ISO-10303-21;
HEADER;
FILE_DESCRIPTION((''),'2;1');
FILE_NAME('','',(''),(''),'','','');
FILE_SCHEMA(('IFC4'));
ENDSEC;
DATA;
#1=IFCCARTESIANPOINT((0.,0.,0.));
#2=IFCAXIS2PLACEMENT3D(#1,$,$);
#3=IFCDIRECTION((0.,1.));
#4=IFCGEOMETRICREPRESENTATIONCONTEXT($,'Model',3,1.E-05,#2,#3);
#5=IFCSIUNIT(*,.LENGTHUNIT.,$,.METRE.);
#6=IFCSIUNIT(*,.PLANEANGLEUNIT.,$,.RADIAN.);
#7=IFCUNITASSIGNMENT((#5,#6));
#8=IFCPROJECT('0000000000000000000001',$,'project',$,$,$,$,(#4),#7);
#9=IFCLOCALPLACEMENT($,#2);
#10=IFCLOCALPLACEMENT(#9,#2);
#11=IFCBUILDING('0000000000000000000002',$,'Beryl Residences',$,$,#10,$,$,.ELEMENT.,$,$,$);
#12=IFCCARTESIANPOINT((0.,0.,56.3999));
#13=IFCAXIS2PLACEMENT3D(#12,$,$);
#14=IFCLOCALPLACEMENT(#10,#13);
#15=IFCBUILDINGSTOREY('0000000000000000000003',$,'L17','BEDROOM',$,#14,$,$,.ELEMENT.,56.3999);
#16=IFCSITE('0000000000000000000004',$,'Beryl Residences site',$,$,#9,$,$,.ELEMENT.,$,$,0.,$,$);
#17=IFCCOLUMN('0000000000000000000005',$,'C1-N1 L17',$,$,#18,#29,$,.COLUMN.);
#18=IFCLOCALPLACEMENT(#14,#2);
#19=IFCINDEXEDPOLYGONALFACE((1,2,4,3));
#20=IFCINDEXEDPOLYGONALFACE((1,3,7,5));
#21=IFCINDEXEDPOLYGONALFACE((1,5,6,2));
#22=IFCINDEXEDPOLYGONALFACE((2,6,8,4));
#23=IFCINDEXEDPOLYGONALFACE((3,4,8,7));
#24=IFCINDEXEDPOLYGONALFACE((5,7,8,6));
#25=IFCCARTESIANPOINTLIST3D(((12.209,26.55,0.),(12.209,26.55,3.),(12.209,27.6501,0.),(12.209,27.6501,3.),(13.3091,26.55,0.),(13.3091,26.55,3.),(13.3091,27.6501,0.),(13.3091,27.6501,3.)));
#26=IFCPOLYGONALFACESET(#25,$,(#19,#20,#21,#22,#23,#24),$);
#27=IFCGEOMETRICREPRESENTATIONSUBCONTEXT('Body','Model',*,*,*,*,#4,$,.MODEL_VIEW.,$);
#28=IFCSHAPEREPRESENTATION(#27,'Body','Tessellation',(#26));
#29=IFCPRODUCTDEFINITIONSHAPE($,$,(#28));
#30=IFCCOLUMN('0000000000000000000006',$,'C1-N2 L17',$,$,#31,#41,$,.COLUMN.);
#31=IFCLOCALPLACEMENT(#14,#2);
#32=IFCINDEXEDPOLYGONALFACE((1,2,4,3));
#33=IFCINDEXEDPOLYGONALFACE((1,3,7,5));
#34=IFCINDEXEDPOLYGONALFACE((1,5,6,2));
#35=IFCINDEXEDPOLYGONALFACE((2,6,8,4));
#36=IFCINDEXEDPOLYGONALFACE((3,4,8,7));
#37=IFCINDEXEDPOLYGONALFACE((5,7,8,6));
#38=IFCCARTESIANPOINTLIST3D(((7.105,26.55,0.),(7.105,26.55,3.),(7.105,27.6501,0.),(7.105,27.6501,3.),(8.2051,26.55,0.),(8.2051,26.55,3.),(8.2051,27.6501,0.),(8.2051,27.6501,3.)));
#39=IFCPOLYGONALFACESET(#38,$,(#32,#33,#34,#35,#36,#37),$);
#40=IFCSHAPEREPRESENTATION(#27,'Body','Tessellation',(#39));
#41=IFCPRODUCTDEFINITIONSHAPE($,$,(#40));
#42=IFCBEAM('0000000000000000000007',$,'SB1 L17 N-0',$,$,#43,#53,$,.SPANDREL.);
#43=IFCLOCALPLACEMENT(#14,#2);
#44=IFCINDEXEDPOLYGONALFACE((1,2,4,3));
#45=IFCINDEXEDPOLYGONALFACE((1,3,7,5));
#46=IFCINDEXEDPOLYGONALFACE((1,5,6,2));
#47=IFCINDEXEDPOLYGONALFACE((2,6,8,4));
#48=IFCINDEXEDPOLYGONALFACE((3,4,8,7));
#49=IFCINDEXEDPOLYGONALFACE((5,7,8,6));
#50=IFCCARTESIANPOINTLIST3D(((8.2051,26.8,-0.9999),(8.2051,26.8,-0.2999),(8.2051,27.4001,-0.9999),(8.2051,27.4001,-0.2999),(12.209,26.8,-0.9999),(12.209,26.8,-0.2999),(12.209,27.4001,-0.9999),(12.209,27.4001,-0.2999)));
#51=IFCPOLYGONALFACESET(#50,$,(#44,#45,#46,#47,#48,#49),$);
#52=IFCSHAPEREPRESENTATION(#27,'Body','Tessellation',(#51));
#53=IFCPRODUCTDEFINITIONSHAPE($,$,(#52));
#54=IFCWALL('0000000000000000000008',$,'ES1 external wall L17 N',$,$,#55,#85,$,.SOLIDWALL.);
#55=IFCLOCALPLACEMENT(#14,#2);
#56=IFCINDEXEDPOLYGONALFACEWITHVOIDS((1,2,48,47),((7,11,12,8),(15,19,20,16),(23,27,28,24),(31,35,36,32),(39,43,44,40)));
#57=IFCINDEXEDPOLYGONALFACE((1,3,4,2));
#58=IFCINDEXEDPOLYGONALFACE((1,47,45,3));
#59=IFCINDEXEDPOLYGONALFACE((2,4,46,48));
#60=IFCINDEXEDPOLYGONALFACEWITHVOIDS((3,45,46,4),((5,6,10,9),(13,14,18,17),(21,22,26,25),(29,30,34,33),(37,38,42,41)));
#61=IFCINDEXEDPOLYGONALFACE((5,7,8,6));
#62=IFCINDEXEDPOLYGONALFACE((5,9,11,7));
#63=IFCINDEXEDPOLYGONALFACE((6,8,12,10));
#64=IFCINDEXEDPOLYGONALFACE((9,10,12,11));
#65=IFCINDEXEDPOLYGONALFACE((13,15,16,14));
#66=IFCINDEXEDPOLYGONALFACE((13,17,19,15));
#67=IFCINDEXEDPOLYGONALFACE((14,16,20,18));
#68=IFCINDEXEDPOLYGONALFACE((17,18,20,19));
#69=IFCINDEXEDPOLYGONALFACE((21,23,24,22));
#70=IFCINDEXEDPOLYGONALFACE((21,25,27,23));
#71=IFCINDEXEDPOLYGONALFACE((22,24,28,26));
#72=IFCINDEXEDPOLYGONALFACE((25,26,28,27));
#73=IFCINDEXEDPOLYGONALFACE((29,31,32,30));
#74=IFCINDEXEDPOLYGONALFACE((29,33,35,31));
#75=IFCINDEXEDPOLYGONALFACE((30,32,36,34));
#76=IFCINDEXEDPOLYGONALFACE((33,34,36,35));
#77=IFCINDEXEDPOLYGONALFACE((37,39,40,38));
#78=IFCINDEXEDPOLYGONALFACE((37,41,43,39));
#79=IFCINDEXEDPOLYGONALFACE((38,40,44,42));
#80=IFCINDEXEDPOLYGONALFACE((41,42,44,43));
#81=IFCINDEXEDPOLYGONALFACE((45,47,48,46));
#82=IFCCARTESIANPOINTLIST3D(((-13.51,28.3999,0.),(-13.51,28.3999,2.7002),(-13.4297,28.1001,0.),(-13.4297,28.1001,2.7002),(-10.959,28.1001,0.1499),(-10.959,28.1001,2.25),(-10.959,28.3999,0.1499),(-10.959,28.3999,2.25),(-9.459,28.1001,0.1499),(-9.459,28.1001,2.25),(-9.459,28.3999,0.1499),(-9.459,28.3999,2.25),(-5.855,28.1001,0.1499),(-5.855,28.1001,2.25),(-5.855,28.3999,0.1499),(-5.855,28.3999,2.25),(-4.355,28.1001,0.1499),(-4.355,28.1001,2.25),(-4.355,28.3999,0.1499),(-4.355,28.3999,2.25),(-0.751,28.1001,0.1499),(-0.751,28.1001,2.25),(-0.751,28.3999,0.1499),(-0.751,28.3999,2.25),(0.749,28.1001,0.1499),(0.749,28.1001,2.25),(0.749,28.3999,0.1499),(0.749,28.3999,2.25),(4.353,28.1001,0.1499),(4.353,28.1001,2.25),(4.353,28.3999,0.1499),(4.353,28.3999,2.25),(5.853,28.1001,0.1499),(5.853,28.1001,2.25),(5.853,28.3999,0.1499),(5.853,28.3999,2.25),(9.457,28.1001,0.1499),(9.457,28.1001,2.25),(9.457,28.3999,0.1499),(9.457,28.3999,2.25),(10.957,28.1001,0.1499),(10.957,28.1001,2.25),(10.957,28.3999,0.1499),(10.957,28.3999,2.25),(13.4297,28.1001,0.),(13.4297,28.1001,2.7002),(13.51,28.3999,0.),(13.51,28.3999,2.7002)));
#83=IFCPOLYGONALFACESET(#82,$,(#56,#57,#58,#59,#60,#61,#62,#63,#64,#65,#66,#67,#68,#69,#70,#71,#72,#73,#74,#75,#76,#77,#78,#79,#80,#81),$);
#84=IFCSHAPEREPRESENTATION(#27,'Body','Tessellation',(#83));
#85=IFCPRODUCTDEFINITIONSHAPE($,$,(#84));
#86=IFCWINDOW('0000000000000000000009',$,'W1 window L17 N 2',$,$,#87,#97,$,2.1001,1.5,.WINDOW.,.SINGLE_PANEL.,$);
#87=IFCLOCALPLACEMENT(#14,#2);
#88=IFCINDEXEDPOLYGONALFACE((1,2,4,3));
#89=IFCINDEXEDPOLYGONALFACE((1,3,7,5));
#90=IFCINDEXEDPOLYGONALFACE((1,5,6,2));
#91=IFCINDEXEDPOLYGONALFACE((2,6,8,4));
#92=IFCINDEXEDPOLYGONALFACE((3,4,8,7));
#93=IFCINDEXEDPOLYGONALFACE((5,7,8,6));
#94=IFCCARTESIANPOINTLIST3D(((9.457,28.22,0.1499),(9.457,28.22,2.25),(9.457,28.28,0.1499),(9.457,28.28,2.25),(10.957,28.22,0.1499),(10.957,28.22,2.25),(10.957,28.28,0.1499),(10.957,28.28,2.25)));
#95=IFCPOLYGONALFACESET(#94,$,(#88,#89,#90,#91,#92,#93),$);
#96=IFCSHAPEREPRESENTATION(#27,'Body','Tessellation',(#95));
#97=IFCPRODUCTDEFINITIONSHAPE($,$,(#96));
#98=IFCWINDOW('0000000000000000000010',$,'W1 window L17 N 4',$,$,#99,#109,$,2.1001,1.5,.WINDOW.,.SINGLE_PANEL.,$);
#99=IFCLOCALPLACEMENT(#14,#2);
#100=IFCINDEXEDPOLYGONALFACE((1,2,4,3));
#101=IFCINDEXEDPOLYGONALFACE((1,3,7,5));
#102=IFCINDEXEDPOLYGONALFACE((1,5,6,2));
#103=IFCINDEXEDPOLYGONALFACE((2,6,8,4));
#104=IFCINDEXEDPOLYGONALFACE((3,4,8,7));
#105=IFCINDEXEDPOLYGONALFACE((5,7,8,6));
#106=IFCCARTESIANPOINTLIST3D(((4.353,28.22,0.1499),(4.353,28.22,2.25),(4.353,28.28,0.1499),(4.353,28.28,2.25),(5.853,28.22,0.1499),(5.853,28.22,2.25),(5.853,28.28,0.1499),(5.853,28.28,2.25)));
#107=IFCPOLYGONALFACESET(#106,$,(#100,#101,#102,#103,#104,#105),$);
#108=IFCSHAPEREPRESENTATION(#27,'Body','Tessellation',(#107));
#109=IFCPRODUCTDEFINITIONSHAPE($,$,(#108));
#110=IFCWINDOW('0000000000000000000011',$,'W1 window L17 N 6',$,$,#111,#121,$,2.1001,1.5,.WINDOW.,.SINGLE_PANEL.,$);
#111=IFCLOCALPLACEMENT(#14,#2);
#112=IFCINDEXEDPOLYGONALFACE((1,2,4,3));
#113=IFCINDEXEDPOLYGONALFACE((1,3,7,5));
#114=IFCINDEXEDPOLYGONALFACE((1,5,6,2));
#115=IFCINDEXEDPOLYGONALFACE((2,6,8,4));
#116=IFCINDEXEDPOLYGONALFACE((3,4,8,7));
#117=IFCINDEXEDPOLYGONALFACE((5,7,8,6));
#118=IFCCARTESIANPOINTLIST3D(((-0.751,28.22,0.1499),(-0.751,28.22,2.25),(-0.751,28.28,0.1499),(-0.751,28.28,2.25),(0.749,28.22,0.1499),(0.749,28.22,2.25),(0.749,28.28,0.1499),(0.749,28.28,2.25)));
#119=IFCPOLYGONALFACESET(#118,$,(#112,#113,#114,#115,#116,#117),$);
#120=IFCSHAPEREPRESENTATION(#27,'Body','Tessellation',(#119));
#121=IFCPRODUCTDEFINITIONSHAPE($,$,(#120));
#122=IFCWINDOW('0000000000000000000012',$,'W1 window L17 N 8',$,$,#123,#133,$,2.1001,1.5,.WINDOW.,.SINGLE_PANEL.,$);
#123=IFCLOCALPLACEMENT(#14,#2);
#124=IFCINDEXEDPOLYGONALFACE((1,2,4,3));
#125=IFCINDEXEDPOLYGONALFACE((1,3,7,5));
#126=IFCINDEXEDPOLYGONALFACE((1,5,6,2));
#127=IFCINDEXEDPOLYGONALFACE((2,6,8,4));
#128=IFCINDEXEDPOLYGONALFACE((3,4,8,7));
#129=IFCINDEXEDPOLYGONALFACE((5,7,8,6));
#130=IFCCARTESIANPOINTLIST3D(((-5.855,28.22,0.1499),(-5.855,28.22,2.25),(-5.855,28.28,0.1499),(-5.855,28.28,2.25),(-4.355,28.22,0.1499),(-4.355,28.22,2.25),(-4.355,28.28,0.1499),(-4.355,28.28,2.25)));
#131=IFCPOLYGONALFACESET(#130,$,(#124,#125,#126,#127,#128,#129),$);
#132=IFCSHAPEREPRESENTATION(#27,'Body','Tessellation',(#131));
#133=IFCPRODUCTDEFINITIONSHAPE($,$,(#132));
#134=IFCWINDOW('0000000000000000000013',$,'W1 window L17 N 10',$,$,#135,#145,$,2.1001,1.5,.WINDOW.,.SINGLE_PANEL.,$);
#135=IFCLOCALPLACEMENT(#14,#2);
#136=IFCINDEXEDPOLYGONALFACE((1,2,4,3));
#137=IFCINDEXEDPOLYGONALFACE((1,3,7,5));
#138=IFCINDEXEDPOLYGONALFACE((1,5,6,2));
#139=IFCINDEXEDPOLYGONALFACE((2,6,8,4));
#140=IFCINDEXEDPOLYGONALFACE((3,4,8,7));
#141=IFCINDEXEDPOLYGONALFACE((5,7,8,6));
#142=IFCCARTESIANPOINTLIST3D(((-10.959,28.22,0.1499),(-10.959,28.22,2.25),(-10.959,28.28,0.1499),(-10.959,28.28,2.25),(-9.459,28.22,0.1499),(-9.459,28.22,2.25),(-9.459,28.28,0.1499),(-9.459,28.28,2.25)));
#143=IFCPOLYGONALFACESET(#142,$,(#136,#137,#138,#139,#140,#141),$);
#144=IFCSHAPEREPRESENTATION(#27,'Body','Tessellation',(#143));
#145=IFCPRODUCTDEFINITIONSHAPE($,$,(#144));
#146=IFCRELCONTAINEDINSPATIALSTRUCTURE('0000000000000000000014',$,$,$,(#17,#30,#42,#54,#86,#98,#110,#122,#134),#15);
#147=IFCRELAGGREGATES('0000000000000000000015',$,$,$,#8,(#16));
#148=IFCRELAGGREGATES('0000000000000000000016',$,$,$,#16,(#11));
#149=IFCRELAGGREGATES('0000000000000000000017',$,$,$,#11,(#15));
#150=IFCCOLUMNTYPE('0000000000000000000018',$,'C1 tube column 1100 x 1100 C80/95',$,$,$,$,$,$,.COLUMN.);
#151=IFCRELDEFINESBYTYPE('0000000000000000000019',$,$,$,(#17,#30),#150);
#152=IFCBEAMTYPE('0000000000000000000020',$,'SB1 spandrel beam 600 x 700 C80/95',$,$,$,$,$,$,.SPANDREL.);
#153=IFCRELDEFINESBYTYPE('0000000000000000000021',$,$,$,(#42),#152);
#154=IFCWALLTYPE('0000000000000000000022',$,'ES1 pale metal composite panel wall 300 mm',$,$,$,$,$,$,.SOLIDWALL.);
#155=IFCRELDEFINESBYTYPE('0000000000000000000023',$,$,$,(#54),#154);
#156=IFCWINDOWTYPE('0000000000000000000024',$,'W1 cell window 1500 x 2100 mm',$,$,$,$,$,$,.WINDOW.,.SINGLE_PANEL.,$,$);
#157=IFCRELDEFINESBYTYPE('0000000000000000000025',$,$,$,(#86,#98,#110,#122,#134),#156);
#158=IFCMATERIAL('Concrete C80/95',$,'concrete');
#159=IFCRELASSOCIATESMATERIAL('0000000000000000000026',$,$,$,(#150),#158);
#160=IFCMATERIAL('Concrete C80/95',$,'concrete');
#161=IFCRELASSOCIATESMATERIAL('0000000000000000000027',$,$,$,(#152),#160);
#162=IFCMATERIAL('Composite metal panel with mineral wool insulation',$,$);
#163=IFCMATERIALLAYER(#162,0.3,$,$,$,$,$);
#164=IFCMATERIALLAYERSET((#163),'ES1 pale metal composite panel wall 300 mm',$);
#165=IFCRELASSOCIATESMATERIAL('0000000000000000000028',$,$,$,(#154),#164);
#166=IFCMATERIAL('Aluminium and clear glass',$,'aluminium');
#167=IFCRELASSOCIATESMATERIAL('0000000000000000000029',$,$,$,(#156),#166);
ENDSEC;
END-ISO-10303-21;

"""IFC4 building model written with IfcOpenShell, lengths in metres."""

from ifc_helpers import new_model, si_unit, direction, frame, frame_2d, origin, origin_2d, place, context, subcontext, project, spatial, polyline, rectangle, outline, extrude, material, layer, layer_set, material_profile, profile_set, type_object, element, fill, save


model = new_model("IFC4")

# Units and contexts
model_context = context("Model", 3, precision=1e-05, world=origin(), true_north=direction((0.0, 1.0)))
body_context = subcontext(model_context, "Body", "Model", "MODEL_VIEW")
ifc_project = project(units=[si_unit("LENGTHUNIT", "METRE"), si_unit("PLANEANGLEUNIT", "RADIAN")], contexts=[model_context])

# Site, building, storey
site_placement = place(None, origin())
site = spatial("IfcSite", under=ifc_project, at=site_placement, Name="Beryl Residences site", CompositionType="ELEMENT", RefElevation=0.0)
building_placement = place(site_placement, origin())
building = spatial("IfcBuilding", under=site, at=building_placement, Name="Beryl Residences", CompositionType="ELEMENT")
storey_placement = place(building_placement, frame((0.0, 0.0, 56.3999)))
storey = spatial("IfcBuildingStorey", under=building, at=storey_placement, Name="L17", Description="BEDROOM", CompositionType="ELEMENT", Elevation=56.3999)

# Columns
ifc_material_1 = material(Name="Concrete C80/95", Category="concrete")
ifc_material_profile_1 = material_profile(ifc_material_1, rectangle(XDim=1.1001, YDim=1.1001, at=origin_2d()))
ifc_profile_set_1 = profile_set([ifc_material_profile_1], Name="Concrete C80/95")
column_type = type_object("IfcColumnType", Name="C1 tube column 1100 x 1100 C80/95", PredefinedType="COLUMN", material=ifc_profile_set_1)
for number, where, z_axis, x_axis, name in (
    (1, (12.759, 27.1001, 0.0), (0.0, 0.0, 1.0), (-1.0, 0.0, 0.0), "C1-N1 L17"),
    (2, (7.655, 27.1001, 0.0), (0.0, 0.0, 1.0), (-1.0, 0.0, 0.0), "C1-N2 L17"),
):
    element("IfcColumn", number, at=place(storey_placement, frame(where, z_axis=z_axis, x_axis=x_axis)), inside=storey, type_object=column_type, Name=name, PredefinedType="COLUMN", context=body_context, shape_type="SweptSolid", body=[
        extrude(rectangle(XDim=1.1001, YDim=1.1001, at=origin_2d()), origin(), (0.0, 0.0, 1.0), 3.0),
    ])

# Beam
ifc_material_2 = material(Name="Concrete C80/95", Category="concrete")
ifc_material_profile_2 = material_profile(ifc_material_2, rectangle(XDim=0.6001, YDim=0.7, at=origin_2d()))
ifc_profile_set_2 = profile_set([ifc_material_profile_2], Name="Concrete C80/95")
beam_type = type_object("IfcBeamType", Name="SB1 spandrel beam 600 x 700 C80/95", PredefinedType="SPANDREL", material=ifc_profile_set_2)
beam_placement = place(storey_placement, frame((12.209, 27.1001, -0.6499), z_axis=(-1.0, 0.0, 0.0), x_axis=(0.0, -1.0, 0.0)))
element("IfcBeam", 3, at=beam_placement, inside=storey, type_object=beam_type, Name="SB1 L17 N-0", PredefinedType="SPANDREL", context=body_context, shape_type="SweptSolid", body=[
    extrude(rectangle(XDim=0.6001, YDim=0.7, at=origin_2d()), origin(), (0.0, 0.0, 1.0), 4.0039),
])

# Wall, openings, windows
ifc_material_3 = material(Name="Composite metal panel with mineral wool insulation")
ifc_layer_1 = layer(ifc_material_3, 0.3)
ifc_layer_set_1 = layer_set([ifc_layer_1], Name="ES1 pale metal composite panel wall 300 mm")
wall_type_1 = type_object("IfcWallType", Name="ES1 pale metal composite panel wall 300 mm", PredefinedType="SOLIDWALL", material=ifc_layer_set_1)
wall_1_placement = place(storey_placement, frame((13.51, 28.25, 0.0), z_axis=(0.0, 0.0, 1.0), x_axis=(-1.0, 0.0, 0.0)))
wall_1 = element("IfcWall", 4, at=wall_1_placement, inside=storey, type_object=wall_type_1, Name="ES1 external wall L17 N", PredefinedType="SOLIDWALL", context=body_context, shape_type="SweptSolid", body=[
    extrude(outline(polyline([(0.0, -0.1499), (27.02, -0.1499), (26.9397, 0.1499), (0.0803, 0.1499), (0.0, -0.1499)])), origin(), (0.0, 0.0, 1.0), 2.7002),
])
opening_1_placement = place(wall_1_placement, frame((2.553, 0.0, 0.1499)))
opening_1 = element("IfcOpeningElement", 5, at=opening_1_placement, cuts=wall_1, PredefinedType="OPENING", context=body_context, shape_type="SweptSolid", body=[
    extrude(rectangle(XDim=1.5, YDim=2.1001, at=frame_2d((0.75, 1.05))), frame((0.0, 0.1599, 0.0), z_axis=(0.0, -1.0, 0.0), x_axis=(1.0, 0.0, 0.0)), (0.0, 0.0, 1.0), 0.3201),
])
opening_2_placement = place(wall_1_placement, frame((7.657, 0.0, 0.1499)))
opening_2 = element("IfcOpeningElement", 6, at=opening_2_placement, cuts=wall_1, PredefinedType="OPENING", context=body_context, shape_type="SweptSolid", body=[
    extrude(rectangle(XDim=1.5, YDim=2.1001, at=frame_2d((0.75, 1.05))), frame((0.0, 0.1599, 0.0), z_axis=(0.0, -1.0, 0.0), x_axis=(1.0, 0.0, 0.0)), (0.0, 0.0, 1.0), 0.3201),
])
opening_3_placement = place(wall_1_placement, frame((12.761, 0.0, 0.1499)))
opening_3 = element("IfcOpeningElement", 7, at=opening_3_placement, cuts=wall_1, PredefinedType="OPENING", context=body_context, shape_type="SweptSolid", body=[
    extrude(rectangle(XDim=1.5, YDim=2.1001, at=frame_2d((0.75, 1.05))), frame((0.0, 0.1599, 0.0), z_axis=(0.0, -1.0, 0.0), x_axis=(1.0, 0.0, 0.0)), (0.0, 0.0, 1.0), 0.3201),
])
opening_4_placement = place(wall_1_placement, frame((17.865, 0.0, 0.1499)))
opening_4 = element("IfcOpeningElement", 8, at=opening_4_placement, cuts=wall_1, PredefinedType="OPENING", context=body_context, shape_type="SweptSolid", body=[
    extrude(rectangle(XDim=1.5, YDim=2.1001, at=frame_2d((0.75, 1.05))), frame((0.0, 0.1599, 0.0), z_axis=(0.0, -1.0, 0.0), x_axis=(1.0, 0.0, 0.0)), (0.0, 0.0, 1.0), 0.3201),
])
opening_5_placement = place(wall_1_placement, frame((22.969, 0.0, 0.1499)))
opening_5 = element("IfcOpeningElement", 9, at=opening_5_placement, cuts=wall_1, PredefinedType="OPENING", context=body_context, shape_type="SweptSolid", body=[
    extrude(rectangle(XDim=1.5, YDim=2.1001, at=frame_2d((0.75, 1.05))), frame((0.0, 0.1599, 0.0), z_axis=(0.0, -1.0, 0.0), x_axis=(1.0, 0.0, 0.0)), (0.0, 0.0, 1.0), 0.3201),
])
ifc_material_4 = material(Name="Aluminium and clear glass", Category="aluminium")
window_type = type_object("IfcWindowType", Name="W1 cell window 1500 x 2100 mm", PartitioningType="SINGLE_PANEL", PredefinedType="WINDOW", material=ifc_material_4)
window_1_placement = place(opening_1_placement, origin())
window_1 = element("IfcWindow", 10, at=window_1_placement, inside=storey, type_object=window_type, Name="W1 window L17 N 2", OverallHeight=2.1001, OverallWidth=1.5, PartitioningType="SINGLE_PANEL", PredefinedType="WINDOW", context=body_context, shape_type="SweptSolid", body=[
    extrude(rectangle(XDim=1.5, YDim=2.1001, at=frame_2d((0.75, 1.05))), frame((0.0, 0.03, 0.0), z_axis=(0.0, -1.0, 0.0), x_axis=(1.0, 0.0, 0.0)), (0.0, 0.0, 1.0), 0.0601),
])
fill(opening_1, window_1)
window_2_placement = place(opening_2_placement, origin())
window_2 = element("IfcWindow", 11, at=window_2_placement, inside=storey, type_object=window_type, Name="W1 window L17 N 4", OverallHeight=2.1001, OverallWidth=1.5, PartitioningType="SINGLE_PANEL", PredefinedType="WINDOW", context=body_context, shape_type="SweptSolid", body=[
    extrude(rectangle(XDim=1.5, YDim=2.1001, at=frame_2d((0.75, 1.05))), frame((0.0, 0.03, 0.0), z_axis=(0.0, -1.0, 0.0), x_axis=(1.0, 0.0, 0.0)), (0.0, 0.0, 1.0), 0.0601),
])
fill(opening_2, window_2)
window_3_placement = place(opening_3_placement, origin())
window_3 = element("IfcWindow", 12, at=window_3_placement, inside=storey, type_object=window_type, Name="W1 window L17 N 6", OverallHeight=2.1001, OverallWidth=1.5, PartitioningType="SINGLE_PANEL", PredefinedType="WINDOW", context=body_context, shape_type="SweptSolid", body=[
    extrude(rectangle(XDim=1.5, YDim=2.1001, at=frame_2d((0.75, 1.05))), frame((0.0, 0.03, 0.0), z_axis=(0.0, -1.0, 0.0), x_axis=(1.0, 0.0, 0.0)), (0.0, 0.0, 1.0), 0.0601),
])
fill(opening_3, window_3)
window_4_placement = place(opening_4_placement, origin())
window_4 = element("IfcWindow", 13, at=window_4_placement, inside=storey, type_object=window_type, Name="W1 window L17 N 8", OverallHeight=2.1001, OverallWidth=1.5, PartitioningType="SINGLE_PANEL", PredefinedType="WINDOW", context=body_context, shape_type="SweptSolid", body=[
    extrude(rectangle(XDim=1.5, YDim=2.1001, at=frame_2d((0.75, 1.05))), frame((0.0, 0.03, 0.0), z_axis=(0.0, -1.0, 0.0), x_axis=(1.0, 0.0, 0.0)), (0.0, 0.0, 1.0), 0.0601),
])
fill(opening_4, window_4)
window_5_placement = place(opening_5_placement, origin())
window_5 = element("IfcWindow", 14, at=window_5_placement, inside=storey, type_object=window_type, Name="W1 window L17 N 10", OverallHeight=2.1001, OverallWidth=1.5, PartitioningType="SINGLE_PANEL", PredefinedType="WINDOW", context=body_context, shape_type="SweptSolid", body=[
    extrude(rectangle(XDim=1.5, YDim=2.1001, at=frame_2d((0.75, 1.05))), frame((0.0, 0.03, 0.0), z_axis=(0.0, -1.0, 0.0), x_axis=(1.0, 0.0, 0.0)), (0.0, 0.0, 1.0), 0.0601),
])
fill(opening_5, window_5)

save(model, "model.ifc")
